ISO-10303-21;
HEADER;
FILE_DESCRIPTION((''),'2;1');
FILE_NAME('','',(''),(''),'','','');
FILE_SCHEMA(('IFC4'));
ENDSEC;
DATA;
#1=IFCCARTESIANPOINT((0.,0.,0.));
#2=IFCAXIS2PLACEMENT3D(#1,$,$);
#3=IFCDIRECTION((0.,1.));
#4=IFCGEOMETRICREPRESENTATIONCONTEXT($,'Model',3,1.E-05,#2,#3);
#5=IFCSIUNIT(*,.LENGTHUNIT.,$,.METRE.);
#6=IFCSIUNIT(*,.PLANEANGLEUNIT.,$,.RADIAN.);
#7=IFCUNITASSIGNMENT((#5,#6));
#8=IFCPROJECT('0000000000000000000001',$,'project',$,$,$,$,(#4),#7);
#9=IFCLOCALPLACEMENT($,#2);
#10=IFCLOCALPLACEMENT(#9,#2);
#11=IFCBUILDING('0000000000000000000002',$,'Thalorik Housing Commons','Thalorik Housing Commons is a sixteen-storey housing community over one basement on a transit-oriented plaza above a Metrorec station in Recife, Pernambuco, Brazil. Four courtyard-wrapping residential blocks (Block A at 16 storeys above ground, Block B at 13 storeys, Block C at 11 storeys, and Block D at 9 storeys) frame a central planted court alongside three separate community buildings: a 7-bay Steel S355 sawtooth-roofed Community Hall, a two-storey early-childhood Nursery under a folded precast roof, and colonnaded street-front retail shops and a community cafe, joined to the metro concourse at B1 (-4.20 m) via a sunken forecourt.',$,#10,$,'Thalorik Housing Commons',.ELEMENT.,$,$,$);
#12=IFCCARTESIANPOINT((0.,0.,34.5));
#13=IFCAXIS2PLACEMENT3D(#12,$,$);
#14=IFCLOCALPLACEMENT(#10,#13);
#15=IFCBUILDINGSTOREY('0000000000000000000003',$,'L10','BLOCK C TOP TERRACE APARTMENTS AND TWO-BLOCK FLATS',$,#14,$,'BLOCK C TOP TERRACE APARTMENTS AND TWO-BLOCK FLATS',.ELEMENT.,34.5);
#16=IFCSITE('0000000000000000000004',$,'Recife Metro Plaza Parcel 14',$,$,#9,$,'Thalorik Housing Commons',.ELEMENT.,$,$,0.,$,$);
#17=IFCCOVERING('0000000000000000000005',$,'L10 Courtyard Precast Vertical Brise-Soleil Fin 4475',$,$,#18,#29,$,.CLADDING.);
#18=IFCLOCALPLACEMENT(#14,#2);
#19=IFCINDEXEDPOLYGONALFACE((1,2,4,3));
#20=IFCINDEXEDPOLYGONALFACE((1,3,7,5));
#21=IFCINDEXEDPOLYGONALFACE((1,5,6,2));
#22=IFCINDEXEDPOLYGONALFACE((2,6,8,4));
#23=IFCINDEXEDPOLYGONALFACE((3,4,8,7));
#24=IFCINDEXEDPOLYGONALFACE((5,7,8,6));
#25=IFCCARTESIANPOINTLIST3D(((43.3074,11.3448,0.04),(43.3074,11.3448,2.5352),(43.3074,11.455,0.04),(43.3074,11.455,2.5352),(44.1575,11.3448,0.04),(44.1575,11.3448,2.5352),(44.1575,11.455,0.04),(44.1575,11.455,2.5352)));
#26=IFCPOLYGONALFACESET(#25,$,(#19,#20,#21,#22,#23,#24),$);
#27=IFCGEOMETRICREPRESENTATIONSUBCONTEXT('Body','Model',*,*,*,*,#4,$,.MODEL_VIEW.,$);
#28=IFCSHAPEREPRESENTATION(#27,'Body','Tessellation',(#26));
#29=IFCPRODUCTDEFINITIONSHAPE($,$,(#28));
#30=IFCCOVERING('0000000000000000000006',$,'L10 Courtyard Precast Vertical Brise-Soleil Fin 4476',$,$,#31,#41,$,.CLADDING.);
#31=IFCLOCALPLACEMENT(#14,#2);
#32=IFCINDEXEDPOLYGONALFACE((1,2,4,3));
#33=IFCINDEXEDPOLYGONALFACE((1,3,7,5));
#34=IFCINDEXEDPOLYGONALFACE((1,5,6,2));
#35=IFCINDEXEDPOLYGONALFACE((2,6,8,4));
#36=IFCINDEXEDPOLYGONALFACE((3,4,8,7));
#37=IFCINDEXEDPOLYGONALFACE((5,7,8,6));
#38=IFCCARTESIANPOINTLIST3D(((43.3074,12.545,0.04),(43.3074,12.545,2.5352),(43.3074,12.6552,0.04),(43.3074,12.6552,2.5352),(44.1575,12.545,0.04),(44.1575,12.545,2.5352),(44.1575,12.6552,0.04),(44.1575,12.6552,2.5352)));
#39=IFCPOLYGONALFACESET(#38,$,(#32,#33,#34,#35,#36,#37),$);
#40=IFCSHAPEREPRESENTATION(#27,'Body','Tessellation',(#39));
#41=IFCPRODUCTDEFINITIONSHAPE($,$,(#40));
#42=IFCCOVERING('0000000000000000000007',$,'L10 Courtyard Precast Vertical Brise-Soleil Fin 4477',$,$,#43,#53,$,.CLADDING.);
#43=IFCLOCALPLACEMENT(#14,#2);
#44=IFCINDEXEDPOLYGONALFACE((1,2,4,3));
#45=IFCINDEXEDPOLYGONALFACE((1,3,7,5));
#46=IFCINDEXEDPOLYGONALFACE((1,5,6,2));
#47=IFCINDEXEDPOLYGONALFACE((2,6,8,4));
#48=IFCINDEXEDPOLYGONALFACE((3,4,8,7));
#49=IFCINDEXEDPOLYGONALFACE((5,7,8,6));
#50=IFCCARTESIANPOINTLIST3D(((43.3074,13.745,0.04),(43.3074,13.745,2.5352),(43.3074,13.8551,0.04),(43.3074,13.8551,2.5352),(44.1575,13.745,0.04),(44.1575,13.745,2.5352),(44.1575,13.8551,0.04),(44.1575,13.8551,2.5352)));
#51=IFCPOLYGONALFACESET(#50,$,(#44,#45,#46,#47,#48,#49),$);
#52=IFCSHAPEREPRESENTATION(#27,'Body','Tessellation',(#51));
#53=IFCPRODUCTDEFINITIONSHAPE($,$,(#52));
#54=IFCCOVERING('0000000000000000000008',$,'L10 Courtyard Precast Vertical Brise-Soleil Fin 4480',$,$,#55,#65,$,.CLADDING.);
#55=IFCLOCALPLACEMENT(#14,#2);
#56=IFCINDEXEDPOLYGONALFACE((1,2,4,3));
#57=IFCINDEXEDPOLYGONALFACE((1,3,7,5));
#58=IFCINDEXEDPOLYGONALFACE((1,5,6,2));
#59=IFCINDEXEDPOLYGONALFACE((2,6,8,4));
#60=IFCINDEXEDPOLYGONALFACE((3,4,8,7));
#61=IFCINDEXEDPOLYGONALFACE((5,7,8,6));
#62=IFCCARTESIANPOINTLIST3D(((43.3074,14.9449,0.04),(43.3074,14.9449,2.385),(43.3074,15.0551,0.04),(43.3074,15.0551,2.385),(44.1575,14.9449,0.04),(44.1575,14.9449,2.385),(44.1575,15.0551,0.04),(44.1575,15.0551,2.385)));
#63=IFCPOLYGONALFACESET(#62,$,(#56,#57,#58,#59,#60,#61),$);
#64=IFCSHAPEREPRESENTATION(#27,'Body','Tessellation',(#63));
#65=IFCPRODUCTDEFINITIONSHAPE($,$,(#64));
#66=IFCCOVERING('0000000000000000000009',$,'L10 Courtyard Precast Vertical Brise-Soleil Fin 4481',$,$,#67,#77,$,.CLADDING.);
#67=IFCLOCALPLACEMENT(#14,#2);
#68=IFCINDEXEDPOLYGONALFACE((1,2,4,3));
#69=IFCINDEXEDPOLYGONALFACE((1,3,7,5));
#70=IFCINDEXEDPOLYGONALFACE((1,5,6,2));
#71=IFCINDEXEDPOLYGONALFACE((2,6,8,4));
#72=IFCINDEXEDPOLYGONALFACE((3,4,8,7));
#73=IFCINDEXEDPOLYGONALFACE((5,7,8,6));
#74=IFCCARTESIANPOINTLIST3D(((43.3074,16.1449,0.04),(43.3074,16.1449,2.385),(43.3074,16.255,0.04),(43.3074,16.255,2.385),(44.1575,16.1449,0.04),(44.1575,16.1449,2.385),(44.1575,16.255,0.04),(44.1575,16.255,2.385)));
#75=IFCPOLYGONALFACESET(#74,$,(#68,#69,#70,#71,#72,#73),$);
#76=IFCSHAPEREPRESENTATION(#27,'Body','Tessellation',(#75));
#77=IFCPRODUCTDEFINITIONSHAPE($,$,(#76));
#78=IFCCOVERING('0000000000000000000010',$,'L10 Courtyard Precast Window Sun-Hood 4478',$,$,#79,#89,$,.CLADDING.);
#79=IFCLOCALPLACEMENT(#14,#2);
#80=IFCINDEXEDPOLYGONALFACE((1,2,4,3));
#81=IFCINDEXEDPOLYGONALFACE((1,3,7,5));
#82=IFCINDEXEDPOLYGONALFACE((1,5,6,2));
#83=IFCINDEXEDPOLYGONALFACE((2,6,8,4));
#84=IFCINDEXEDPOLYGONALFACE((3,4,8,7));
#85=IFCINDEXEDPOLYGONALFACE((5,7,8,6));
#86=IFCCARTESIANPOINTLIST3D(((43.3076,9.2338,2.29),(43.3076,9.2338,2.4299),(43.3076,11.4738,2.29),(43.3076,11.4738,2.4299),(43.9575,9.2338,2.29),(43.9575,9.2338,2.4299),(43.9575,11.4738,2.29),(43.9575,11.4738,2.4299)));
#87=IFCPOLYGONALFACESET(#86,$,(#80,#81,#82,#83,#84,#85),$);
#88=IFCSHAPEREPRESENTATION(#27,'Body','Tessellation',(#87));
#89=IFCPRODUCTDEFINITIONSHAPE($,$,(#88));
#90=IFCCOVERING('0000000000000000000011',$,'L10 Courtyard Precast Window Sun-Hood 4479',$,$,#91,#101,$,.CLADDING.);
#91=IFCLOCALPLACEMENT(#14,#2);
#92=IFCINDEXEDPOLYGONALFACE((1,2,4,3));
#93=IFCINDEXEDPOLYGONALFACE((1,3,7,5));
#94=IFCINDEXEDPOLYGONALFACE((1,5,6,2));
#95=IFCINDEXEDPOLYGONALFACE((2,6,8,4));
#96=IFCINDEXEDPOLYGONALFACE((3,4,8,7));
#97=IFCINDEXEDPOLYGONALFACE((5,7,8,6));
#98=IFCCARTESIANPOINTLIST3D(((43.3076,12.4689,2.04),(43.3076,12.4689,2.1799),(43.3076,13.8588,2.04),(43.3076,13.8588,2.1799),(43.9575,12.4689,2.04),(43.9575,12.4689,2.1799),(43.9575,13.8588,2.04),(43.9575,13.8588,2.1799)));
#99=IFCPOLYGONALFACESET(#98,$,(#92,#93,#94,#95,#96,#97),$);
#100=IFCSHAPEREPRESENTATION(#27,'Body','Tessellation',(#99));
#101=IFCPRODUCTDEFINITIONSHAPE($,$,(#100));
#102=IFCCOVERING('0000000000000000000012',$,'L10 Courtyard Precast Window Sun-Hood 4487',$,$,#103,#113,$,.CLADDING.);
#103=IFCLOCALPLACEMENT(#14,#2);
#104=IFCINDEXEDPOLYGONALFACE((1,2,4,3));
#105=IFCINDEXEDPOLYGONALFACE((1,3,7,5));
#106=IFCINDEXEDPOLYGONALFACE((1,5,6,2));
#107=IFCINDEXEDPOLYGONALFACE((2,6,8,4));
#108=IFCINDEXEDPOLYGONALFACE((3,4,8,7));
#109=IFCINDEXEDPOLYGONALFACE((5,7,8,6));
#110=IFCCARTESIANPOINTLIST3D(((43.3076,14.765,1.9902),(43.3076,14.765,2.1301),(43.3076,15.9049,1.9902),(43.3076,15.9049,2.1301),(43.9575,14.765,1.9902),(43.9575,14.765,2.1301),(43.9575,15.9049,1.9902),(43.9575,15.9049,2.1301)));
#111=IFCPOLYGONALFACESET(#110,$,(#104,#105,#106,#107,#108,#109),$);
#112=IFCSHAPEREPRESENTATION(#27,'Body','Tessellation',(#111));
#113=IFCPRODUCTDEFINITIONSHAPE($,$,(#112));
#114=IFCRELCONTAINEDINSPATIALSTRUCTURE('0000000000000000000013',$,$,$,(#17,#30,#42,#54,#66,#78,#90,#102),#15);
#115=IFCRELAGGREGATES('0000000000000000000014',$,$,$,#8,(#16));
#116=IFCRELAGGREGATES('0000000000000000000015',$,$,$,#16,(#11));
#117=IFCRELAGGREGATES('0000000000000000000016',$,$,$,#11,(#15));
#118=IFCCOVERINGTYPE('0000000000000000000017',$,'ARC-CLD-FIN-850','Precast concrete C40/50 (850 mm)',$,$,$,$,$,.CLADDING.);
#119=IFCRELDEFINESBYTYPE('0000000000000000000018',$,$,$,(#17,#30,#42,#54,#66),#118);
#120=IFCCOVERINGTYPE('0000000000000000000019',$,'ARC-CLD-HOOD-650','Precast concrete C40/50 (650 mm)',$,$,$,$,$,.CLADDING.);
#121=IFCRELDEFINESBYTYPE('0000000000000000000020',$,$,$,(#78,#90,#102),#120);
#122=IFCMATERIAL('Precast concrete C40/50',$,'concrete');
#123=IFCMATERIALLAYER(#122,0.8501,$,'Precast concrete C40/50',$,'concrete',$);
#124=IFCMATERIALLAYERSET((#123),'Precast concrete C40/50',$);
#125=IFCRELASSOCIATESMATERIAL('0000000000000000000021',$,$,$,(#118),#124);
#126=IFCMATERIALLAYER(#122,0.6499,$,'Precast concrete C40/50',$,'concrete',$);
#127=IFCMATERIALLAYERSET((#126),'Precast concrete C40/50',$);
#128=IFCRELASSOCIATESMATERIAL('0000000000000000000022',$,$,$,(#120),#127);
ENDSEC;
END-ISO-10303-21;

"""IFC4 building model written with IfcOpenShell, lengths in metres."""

from ifc_helpers import new_model, si_unit, direction, frame, origin, origin_2d, place, context, subcontext, project, spatial, rectangle, extrude, material, layer, layer_set, type_object, element, save


model = new_model("IFC4")

# Units and contexts
model_context = context("Model", 3, precision=1e-05, world=origin(), true_north=direction((0.0, 1.0)))
body_context = subcontext(model_context, "Body", "Model", "MODEL_VIEW")
ifc_project = project(units=[si_unit("LENGTHUNIT", "METRE"), si_unit("PLANEANGLEUNIT", "RADIAN")], contexts=[model_context])

# Site, building, storey
site_placement = place(None, origin())
site = spatial("IfcSite", under=ifc_project, at=site_placement, Name="Recife Metro Plaza Parcel 14", LongName="Thalorik Housing Commons", CompositionType="ELEMENT", RefElevation=0.0)
building_placement = place(site_placement, origin())
building = spatial("IfcBuilding", under=site, at=building_placement, Name="Thalorik Housing Commons", Description="Thalorik Housing Commons is a sixteen-storey housing community over one basement on a transit-oriented plaza above a Metrorec station in Recife, Pernambuco, Brazil. Four courtyard-wrapping residential blocks (Block A at 16 storeys above ground, Block B at 13 storeys, Block C at 11 storeys, and Block D at 9 storeys) frame a central planted court alongside three separate community buildings: a 7-bay Steel S355 sawtooth-roofed Community Hall, a two-storey early-childhood Nursery under a folded precast roof, and colonnaded street-front retail shops and a community cafe, joined to the metro concourse at B1 (-4.20 m) via a sunken forecourt.", LongName="Thalorik Housing Commons", CompositionType="ELEMENT")
storey_placement = place(building_placement, frame((0.0, 0.0, 34.5)))
storey = spatial("IfcBuildingStorey", under=building, at=storey_placement, Name="L10", Description="BLOCK C TOP TERRACE APARTMENTS AND TWO-BLOCK FLATS", LongName="BLOCK C TOP TERRACE APARTMENTS AND TWO-BLOCK FLATS", CompositionType="ELEMENT", Elevation=34.5)

# Shared definitions
ifc_material_1 = material(Name="Precast concrete C40/50", Category="concrete")

# Coverings
ifc_layer_1 = layer(ifc_material_1, 0.8501, Name="Precast concrete C40/50", Category="concrete")
ifc_layer_set_1 = layer_set([ifc_layer_1], Name="Precast concrete C40/50")
covering_type_1 = type_object("IfcCoveringType", Name="ARC-CLD-FIN-850", Description="Precast concrete C40/50 (850 mm)", PredefinedType="CLADDING", material=ifc_layer_set_1)
for number, where, z_axis, x_axis, name in (
    (1, (43.7324, 11.3999, 0.04), (0.0, 0.0, 1.0), (0.0, 1.0, 0.0), "L10 Courtyard Precast Vertical Brise-Soleil Fin 4475"),
    (2, (43.7324, 12.6001, 0.04), (0.0, 0.0, 1.0), (0.0, 1.0, 0.0), "L10 Courtyard Precast Vertical Brise-Soleil Fin 4476"),
    (3, (43.7324, 13.8, 0.04), (0.0, 0.0, 1.0), (0.0, 1.0, 0.0), "L10 Courtyard Precast Vertical Brise-Soleil Fin 4477"),
):
    element("IfcCovering", number, at=place(storey_placement, frame(where, z_axis=z_axis, x_axis=x_axis)), inside=storey, type_object=covering_type_1, Name=name, PredefinedType="CLADDING", context=body_context, shape_type="SweptSolid", body=[
        extrude(rectangle(XDim=0.1101, YDim=0.8501, at=origin_2d()), origin(), (0.0, 0.0, 1.0), 2.4951),
    ])
for number, where, z_axis, x_axis, name in (
    (4, (43.7324, 15.0, 0.04), (0.0, 0.0, 1.0), (0.0, 1.0, 0.0), "L10 Courtyard Precast Vertical Brise-Soleil Fin 4480"),
    (5, (43.7324, 16.2, 0.04), (0.0, 0.0, 1.0), (0.0, 1.0, 0.0), "L10 Courtyard Precast Vertical Brise-Soleil Fin 4481"),
):
    element("IfcCovering", number, at=place(storey_placement, frame(where, z_axis=z_axis, x_axis=x_axis)), inside=storey, type_object=covering_type_1, Name=name, PredefinedType="CLADDING", context=body_context, shape_type="SweptSolid", body=[
        extrude(rectangle(XDim=0.1101, YDim=0.8501, at=origin_2d()), origin(), (0.0, 0.0, 1.0), 2.345),
    ])
ifc_layer_2 = layer(ifc_material_1, 0.6499, Name="Precast concrete C40/50", Category="concrete")
ifc_layer_set_2 = layer_set([ifc_layer_2], Name="Precast concrete C40/50")
covering_type_2 = type_object("IfcCoveringType", Name="ARC-CLD-HOOD-650", Description="Precast concrete C40/50 (650 mm)", PredefinedType="CLADDING", material=ifc_layer_set_2)
covering_1_placement = place(storey_placement, frame((43.6326, 10.3538, 2.29), z_axis=(0.0, 0.0, 1.0), x_axis=(0.0, 1.0, 0.0)))
element("IfcCovering", 6, at=covering_1_placement, inside=storey, type_object=covering_type_2, Name="L10 Courtyard Precast Window Sun-Hood 4478", PredefinedType="CLADDING", context=body_context, shape_type="SweptSolid", body=[
    extrude(rectangle(XDim=2.24, YDim=0.6499, at=origin_2d()), origin(), (0.0, 0.0, 1.0), 0.1399),
])
covering_2_placement = place(storey_placement, frame((43.6326, 13.1638, 2.04), z_axis=(0.0, 0.0, 1.0), x_axis=(0.0, 1.0, 0.0)))
element("IfcCovering", 7, at=covering_2_placement, inside=storey, type_object=covering_type_2, Name="L10 Courtyard Precast Window Sun-Hood 4479", PredefinedType="CLADDING", context=body_context, shape_type="SweptSolid", body=[
    extrude(rectangle(XDim=1.3899, YDim=0.6499, at=origin_2d()), origin(), (0.0, 0.0, 1.0), 0.1399),
])
covering_3_placement = place(storey_placement, frame((43.6326, 15.335, 1.9902), z_axis=(0.0, 0.0, 1.0), x_axis=(0.0, 1.0, 0.0)))
element("IfcCovering", 8, at=covering_3_placement, inside=storey, type_object=covering_type_2, Name="L10 Courtyard Precast Window Sun-Hood 4487", PredefinedType="CLADDING", context=body_context, shape_type="SweptSolid", body=[
    extrude(rectangle(XDim=1.1399, YDim=0.6499, at=origin_2d()), origin(), (0.0, 0.0, 1.0), 0.1399),
])

save(model, "model.ifc")
